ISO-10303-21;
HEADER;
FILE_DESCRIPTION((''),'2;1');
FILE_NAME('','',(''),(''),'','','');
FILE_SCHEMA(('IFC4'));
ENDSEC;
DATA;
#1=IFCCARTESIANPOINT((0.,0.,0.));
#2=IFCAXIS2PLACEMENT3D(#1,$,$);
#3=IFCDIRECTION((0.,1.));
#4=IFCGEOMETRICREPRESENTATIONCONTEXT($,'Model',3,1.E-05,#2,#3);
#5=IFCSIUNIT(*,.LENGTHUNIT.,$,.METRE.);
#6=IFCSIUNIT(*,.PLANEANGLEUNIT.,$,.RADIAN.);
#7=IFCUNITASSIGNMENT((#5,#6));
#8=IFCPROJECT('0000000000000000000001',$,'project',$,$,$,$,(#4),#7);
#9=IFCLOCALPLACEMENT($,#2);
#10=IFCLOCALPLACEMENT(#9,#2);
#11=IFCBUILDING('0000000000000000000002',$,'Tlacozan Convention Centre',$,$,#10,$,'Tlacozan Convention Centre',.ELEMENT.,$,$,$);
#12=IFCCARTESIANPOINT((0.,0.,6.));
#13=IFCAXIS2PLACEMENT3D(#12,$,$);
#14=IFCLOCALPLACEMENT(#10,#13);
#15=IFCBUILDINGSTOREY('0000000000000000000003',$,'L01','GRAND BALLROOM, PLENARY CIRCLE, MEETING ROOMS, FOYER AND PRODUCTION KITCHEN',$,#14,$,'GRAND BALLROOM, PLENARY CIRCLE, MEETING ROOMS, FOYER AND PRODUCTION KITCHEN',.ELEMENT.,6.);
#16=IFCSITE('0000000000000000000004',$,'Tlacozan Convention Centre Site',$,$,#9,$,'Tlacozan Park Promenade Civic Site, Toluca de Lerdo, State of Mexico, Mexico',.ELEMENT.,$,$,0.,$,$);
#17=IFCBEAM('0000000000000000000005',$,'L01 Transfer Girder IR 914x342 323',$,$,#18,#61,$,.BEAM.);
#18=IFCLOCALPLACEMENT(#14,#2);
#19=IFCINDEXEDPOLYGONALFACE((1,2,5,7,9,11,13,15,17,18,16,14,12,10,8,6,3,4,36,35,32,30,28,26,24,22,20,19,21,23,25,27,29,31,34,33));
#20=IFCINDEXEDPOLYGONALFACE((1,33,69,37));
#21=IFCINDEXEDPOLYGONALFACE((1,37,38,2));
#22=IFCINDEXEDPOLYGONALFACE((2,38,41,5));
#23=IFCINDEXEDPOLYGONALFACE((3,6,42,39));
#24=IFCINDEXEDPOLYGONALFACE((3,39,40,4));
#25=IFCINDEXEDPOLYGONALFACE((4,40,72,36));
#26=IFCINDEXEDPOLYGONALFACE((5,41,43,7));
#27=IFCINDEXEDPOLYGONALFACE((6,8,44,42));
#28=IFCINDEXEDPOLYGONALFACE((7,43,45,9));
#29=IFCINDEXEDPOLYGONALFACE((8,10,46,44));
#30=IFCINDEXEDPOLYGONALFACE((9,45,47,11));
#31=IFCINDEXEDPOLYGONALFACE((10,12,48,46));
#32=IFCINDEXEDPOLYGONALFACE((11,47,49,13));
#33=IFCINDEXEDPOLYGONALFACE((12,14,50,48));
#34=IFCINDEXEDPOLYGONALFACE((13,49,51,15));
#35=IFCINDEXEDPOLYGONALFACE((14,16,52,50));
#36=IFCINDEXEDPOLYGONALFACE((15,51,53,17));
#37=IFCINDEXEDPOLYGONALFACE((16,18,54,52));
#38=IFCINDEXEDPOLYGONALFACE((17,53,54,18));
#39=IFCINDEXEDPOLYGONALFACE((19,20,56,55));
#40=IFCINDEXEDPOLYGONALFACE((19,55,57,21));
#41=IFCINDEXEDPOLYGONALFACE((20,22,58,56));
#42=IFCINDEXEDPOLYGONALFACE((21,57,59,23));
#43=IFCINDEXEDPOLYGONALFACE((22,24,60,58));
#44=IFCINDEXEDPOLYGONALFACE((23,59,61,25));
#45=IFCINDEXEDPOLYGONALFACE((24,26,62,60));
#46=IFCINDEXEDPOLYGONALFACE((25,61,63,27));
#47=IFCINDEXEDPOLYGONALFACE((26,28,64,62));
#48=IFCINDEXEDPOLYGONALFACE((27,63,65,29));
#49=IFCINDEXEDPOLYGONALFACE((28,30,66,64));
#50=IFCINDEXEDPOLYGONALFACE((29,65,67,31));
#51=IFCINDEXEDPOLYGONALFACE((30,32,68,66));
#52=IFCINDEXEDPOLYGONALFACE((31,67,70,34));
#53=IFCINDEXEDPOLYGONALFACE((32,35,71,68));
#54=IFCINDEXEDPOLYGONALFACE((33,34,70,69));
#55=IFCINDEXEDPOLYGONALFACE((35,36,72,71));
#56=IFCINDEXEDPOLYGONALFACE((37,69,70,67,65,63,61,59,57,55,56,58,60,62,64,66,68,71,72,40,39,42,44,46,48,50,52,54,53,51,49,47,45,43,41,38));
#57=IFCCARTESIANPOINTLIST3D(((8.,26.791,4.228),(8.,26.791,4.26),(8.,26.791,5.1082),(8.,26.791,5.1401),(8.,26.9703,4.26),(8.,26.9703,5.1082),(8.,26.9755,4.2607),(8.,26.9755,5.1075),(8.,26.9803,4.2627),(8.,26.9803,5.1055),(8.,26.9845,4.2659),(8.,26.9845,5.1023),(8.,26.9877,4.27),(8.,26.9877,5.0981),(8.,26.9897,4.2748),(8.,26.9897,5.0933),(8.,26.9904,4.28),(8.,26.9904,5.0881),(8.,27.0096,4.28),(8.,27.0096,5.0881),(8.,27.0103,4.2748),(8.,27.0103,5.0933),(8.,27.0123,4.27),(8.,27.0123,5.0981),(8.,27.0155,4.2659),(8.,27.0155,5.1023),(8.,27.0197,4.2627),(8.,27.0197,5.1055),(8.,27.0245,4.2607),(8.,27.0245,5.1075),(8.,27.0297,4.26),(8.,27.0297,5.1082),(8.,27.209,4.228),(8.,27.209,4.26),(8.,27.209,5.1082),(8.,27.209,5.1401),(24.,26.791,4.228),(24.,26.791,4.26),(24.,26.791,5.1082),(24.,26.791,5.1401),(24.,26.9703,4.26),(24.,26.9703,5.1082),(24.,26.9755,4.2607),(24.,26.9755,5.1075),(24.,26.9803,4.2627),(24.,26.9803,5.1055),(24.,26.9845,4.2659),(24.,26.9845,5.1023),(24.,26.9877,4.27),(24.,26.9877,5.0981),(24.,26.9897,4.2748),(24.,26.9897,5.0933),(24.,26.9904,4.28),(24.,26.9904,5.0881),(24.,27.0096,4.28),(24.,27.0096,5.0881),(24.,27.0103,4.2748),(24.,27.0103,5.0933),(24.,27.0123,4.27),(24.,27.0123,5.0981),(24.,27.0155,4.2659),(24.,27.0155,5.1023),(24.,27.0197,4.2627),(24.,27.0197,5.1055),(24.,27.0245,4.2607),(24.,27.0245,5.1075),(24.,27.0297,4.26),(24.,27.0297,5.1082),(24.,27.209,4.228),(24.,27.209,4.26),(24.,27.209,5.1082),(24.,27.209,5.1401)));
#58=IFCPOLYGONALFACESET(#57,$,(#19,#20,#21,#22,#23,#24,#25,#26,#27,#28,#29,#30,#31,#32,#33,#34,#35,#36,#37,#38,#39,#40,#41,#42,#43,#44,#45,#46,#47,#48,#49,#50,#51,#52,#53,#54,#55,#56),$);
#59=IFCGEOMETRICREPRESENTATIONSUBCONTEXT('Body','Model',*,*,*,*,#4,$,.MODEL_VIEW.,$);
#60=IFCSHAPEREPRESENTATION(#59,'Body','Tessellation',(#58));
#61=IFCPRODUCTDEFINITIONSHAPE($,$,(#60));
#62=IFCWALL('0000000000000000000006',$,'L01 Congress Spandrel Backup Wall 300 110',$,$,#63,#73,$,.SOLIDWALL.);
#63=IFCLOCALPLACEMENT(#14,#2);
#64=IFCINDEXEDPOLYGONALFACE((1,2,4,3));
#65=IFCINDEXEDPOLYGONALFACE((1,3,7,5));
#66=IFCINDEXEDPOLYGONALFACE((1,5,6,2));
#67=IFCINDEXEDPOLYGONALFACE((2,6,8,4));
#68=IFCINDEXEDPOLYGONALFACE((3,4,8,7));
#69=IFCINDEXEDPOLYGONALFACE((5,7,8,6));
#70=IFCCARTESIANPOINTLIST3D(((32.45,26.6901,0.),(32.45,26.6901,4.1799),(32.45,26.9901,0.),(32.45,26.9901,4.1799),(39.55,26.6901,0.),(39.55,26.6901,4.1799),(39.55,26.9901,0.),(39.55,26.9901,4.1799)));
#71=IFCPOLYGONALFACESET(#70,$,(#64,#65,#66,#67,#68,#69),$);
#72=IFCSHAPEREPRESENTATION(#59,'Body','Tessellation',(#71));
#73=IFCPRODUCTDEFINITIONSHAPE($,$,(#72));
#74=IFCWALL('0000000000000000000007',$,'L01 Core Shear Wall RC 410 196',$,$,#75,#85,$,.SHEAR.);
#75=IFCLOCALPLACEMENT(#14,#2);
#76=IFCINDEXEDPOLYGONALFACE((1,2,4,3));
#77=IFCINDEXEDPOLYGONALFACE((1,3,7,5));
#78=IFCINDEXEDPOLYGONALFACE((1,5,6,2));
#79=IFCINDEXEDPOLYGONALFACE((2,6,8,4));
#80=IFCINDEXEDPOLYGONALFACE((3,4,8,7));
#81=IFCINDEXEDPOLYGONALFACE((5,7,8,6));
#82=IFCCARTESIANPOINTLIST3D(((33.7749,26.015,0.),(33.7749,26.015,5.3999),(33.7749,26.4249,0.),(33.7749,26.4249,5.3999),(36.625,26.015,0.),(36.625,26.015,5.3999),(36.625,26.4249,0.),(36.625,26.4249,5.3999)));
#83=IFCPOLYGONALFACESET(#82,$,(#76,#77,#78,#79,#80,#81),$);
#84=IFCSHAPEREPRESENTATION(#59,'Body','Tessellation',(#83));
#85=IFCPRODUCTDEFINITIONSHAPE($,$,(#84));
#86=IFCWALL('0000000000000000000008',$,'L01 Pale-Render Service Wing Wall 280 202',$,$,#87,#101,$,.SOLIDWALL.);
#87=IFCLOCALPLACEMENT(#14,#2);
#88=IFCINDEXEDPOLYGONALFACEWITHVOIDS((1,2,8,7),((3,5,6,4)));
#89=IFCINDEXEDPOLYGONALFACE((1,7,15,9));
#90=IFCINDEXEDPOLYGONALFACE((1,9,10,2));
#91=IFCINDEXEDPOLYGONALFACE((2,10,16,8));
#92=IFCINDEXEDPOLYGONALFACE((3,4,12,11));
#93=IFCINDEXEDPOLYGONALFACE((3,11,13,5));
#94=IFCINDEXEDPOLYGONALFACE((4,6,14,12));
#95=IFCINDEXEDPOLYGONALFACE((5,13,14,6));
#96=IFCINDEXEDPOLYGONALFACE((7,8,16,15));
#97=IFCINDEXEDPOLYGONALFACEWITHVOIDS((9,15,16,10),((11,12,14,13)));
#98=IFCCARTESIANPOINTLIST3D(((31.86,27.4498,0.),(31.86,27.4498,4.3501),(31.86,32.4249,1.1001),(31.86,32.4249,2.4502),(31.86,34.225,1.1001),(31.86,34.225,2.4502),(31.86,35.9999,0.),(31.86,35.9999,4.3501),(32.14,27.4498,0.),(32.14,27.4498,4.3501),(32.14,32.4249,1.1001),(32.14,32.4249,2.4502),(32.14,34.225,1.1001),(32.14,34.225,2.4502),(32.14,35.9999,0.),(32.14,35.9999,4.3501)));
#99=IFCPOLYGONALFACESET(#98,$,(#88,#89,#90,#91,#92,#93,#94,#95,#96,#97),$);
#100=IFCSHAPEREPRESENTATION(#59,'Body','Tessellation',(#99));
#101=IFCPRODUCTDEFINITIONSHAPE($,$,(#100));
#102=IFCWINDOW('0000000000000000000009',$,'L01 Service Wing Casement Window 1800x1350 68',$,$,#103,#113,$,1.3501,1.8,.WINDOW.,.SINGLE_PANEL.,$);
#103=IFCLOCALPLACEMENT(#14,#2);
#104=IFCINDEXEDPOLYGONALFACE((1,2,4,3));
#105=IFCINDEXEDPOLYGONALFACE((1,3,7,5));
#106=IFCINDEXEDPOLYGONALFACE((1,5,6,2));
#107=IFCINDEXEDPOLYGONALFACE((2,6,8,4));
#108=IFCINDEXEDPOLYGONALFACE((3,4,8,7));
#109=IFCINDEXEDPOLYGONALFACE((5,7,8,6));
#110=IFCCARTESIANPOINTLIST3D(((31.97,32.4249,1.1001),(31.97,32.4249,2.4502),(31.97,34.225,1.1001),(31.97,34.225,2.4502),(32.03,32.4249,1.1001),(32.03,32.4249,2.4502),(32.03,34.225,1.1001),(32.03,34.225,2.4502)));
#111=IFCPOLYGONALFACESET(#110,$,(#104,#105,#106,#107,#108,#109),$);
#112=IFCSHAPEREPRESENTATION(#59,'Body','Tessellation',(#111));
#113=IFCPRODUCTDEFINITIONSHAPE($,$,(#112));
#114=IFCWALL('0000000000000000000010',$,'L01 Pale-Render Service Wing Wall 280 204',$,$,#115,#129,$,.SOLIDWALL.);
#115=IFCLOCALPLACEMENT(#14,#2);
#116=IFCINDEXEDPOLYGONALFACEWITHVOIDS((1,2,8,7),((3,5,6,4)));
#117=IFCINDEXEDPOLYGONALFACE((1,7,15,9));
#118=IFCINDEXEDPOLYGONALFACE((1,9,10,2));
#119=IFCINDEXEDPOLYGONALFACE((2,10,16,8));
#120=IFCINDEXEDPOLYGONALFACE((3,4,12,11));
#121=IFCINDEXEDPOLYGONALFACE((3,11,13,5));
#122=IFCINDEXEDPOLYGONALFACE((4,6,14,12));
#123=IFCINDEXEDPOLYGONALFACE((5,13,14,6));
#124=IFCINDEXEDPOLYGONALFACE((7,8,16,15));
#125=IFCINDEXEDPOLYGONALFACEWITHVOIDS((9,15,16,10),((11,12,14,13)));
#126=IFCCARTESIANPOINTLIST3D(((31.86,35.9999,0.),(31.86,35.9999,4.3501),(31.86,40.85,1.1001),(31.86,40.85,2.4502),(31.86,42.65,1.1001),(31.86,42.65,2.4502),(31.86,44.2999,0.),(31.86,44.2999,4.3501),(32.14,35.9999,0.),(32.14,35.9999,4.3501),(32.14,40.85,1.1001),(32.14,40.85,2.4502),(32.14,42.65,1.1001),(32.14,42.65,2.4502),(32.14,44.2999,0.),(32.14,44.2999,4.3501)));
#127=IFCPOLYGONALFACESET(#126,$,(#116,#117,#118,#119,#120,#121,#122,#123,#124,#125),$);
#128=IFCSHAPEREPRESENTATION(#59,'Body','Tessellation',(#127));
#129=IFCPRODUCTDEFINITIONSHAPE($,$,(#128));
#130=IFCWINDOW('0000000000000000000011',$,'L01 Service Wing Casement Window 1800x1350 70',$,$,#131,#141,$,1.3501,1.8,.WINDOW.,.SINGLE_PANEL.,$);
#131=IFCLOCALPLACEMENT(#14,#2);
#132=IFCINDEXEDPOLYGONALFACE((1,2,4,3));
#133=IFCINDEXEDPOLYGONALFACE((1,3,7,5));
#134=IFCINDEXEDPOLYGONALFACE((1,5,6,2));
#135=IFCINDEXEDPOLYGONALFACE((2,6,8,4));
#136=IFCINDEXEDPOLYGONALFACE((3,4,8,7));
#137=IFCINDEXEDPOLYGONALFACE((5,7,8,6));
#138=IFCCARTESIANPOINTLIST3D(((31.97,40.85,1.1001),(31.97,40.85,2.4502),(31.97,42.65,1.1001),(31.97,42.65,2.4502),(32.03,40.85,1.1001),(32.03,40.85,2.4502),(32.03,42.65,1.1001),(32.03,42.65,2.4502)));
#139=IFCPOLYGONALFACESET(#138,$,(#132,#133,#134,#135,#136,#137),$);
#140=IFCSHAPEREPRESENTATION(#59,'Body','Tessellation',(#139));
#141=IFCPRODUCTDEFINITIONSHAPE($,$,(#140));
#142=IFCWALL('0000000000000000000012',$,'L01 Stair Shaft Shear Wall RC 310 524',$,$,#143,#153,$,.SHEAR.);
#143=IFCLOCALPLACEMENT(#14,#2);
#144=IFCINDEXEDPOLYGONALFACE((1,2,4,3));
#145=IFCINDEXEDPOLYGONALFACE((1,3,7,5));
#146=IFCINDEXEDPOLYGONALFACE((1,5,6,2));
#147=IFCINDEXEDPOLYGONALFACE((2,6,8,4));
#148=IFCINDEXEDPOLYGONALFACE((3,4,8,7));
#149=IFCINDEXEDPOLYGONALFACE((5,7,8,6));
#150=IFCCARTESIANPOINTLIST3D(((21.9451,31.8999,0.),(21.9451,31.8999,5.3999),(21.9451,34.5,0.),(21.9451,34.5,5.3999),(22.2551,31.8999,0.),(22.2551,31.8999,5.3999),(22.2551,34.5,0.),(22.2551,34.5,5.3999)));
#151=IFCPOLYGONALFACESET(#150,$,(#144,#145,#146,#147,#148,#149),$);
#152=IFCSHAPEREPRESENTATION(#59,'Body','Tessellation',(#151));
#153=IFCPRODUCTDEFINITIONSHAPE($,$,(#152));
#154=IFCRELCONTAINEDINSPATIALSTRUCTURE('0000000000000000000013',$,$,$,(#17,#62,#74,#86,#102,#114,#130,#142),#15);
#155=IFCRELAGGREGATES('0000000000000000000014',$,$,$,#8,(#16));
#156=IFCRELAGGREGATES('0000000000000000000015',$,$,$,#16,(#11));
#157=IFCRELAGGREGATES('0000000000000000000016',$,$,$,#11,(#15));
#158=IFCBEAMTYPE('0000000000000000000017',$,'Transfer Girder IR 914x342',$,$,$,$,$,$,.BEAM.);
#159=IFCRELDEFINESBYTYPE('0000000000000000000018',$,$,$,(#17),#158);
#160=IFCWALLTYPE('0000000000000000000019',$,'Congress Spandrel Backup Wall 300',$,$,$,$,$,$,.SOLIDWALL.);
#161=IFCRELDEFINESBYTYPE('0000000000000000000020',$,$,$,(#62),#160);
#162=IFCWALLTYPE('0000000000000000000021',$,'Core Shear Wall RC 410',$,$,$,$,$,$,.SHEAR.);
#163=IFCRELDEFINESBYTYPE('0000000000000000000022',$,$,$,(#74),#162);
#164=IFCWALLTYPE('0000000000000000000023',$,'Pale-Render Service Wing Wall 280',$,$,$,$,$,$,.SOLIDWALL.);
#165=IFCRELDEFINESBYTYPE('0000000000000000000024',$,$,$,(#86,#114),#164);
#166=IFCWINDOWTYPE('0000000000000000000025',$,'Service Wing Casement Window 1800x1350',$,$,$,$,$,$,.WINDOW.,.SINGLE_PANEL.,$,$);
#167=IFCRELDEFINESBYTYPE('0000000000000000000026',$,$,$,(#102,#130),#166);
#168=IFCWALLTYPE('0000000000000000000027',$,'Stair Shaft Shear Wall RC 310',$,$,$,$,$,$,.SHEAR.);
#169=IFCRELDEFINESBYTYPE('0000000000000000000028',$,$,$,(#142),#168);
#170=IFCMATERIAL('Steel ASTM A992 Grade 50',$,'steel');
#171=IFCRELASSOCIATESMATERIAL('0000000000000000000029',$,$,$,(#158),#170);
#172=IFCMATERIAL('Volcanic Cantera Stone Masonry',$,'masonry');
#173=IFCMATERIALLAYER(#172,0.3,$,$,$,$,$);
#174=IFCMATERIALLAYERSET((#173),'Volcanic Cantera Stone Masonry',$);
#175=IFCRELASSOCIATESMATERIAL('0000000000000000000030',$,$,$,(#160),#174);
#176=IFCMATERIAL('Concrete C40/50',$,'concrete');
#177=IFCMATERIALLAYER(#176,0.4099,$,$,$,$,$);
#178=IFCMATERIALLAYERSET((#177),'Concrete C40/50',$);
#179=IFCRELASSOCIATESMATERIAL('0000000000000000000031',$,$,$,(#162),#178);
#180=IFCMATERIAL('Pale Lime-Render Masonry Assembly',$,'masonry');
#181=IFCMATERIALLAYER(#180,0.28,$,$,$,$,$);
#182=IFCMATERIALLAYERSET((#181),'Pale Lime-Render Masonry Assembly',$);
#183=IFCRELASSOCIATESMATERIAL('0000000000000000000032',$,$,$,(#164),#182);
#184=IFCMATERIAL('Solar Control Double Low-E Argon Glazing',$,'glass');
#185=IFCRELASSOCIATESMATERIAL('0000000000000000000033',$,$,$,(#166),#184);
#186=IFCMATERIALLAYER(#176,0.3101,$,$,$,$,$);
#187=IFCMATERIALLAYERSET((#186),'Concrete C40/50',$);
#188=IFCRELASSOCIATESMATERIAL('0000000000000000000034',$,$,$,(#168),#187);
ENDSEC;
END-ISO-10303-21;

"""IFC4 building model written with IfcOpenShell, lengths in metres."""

from ifc_helpers import new_model, si_unit, direction, frame, frame_2d, origin, origin_2d, place, context, subcontext, project, spatial, rectangle, i_section, extrude, material, layer, layer_set, material_profile, profile_set, type_object, element, fill, save


model = new_model("IFC4")

# Units and contexts
model_context = context("Model", 3, precision=1e-05, world=origin(), true_north=direction((0.0, 1.0)))
body_context = subcontext(model_context, "Body", "Model", "MODEL_VIEW")
ifc_project = project(units=[si_unit("LENGTHUNIT", "METRE"), si_unit("PLANEANGLEUNIT", "RADIAN")], contexts=[model_context])

# Site, building, storey
site_placement = place(None, origin())
site = spatial("IfcSite", under=ifc_project, at=site_placement, Name="Tlacozan Convention Centre Site", LongName="Tlacozan Park Promenade Civic Site, Toluca de Lerdo, State of Mexico, Mexico", CompositionType="ELEMENT", RefElevation=0.0)
building_placement = place(site_placement, origin())
building = spatial("IfcBuilding", under=site, at=building_placement, Name="Tlacozan Convention Centre", LongName="Tlacozan Convention Centre", CompositionType="ELEMENT")
storey_placement = place(building_placement, frame((0.0, 0.0, 6.0)))
storey = spatial("IfcBuildingStorey", under=building, at=storey_placement, Name="L01", Description="GRAND BALLROOM, PLENARY CIRCLE, MEETING ROOMS, FOYER AND PRODUCTION KITCHEN", LongName="GRAND BALLROOM, PLENARY CIRCLE, MEETING ROOMS, FOYER AND PRODUCTION KITCHEN", CompositionType="ELEMENT", Elevation=6.0)

# Shared definitions
ifc_material_1 = material(Name="Concrete C40/50", Category="concrete")

# Beam
ifc_material_2 = material(Name="Steel ASTM A992 Grade 50", Category="steel")
ifc_material_profile_1 = material_profile(ifc_material_2, i_section(OverallWidth=0.418, OverallDepth=0.9121, WebThickness=0.0193, FlangeThickness=0.032, FilletRadius=0.02, at=origin_2d()), Name="IR 914x342.0")
ifc_profile_set_1 = profile_set([ifc_material_profile_1], Name="Steel ASTM A992 Grade 50")
beam_type_1 = type_object("IfcBeamType", Name="Transfer Girder IR 914x342", PredefinedType="BEAM", material=ifc_profile_set_1)
beam_1_placement = place(storey_placement, frame((24.0, 27.0, 4.6841), z_axis=(-1.0, 0.0, 0.0), x_axis=(0.0, -1.0, 0.0)))
element("IfcBeam", 1, at=beam_1_placement, inside=storey, type_object=beam_type_1, Name="L01 Transfer Girder IR 914x342 323", PredefinedType="BEAM", context=body_context, shape_type="SweptSolid", body=[
    extrude(i_section(OverallWidth=0.418, OverallDepth=0.9121, WebThickness=0.0193, FlangeThickness=0.032, FilletRadius=0.02, at=origin_2d()), origin(), (0.0, 0.0, 1.0), 16.0),
])

# Walls
ifc_material_3 = material(Name="Volcanic Cantera Stone Masonry", Category="masonry")
ifc_layer_1 = layer(ifc_material_3, 0.3)
ifc_layer_set_1 = layer_set([ifc_layer_1], Name="Volcanic Cantera Stone Masonry")
wall_type_1 = type_object("IfcWallType", Name="Congress Spandrel Backup Wall 300", PredefinedType="SOLIDWALL", material=ifc_layer_set_1)
wall_1_placement = place(storey_placement, frame((32.45, 26.8401, 0.0), z_axis=(0.0, 0.0, 1.0), x_axis=(1.0, 0.0, 0.0)))
element("IfcWall", 2, at=wall_1_placement, inside=storey, type_object=wall_type_1, Name="L01 Congress Spandrel Backup Wall 300 110", PredefinedType="SOLIDWALL", context=body_context, shape_type="SweptSolid", body=[
    extrude(rectangle(XDim=7.1001, YDim=0.3, at=frame_2d((3.55, 0.0))), origin(), (0.0, 0.0, 1.0), 4.1799),
])
ifc_layer_2 = layer(ifc_material_1, 0.4099)
ifc_layer_set_2 = layer_set([ifc_layer_2], Name="Concrete C40/50")
wall_type_2 = type_object("IfcWallType", Name="Core Shear Wall RC 410", PredefinedType="SHEAR", material=ifc_layer_set_2)
wall_2_placement = place(storey_placement, frame((33.7749, 26.22, 0.0), z_axis=(0.0, 0.0, 1.0), x_axis=(1.0, 0.0, 0.0)))
element("IfcWall", 3, at=wall_2_placement, inside=storey, type_object=wall_type_2, Name="L01 Core Shear Wall RC 410 196", PredefinedType="SHEAR", context=body_context, shape_type="SweptSolid", body=[
    extrude(rectangle(XDim=2.8501, YDim=0.4099, at=frame_2d((1.425, 0.0))), origin(), (0.0, 0.0, 1.0), 5.3999),
])

# Walls, openings, windows
ifc_material_4 = material(Name="Pale Lime-Render Masonry Assembly", Category="masonry")
ifc_layer_3 = layer(ifc_material_4, 0.28)
ifc_layer_set_3 = layer_set([ifc_layer_3], Name="Pale Lime-Render Masonry Assembly")
wall_type_3 = type_object("IfcWallType", Name="Pale-Render Service Wing Wall 280", PredefinedType="SOLIDWALL", material=ifc_layer_set_3)
wall_3_placement = place(storey_placement, frame((32.0, 27.45, 0.0), z_axis=(0.0, 0.0, 1.0), x_axis=(0.0, 1.0, 0.0)))
wall_3 = element("IfcWall", 4, at=wall_3_placement, inside=storey, type_object=wall_type_3, Name="L01 Pale-Render Service Wing Wall 280 202", PredefinedType="SOLIDWALL", context=body_context, shape_type="SweptSolid", body=[
    extrude(rectangle(XDim=8.55, YDim=0.28, at=frame_2d((4.2749, 0.0))), origin(), (0.0, 0.0, 1.0), 4.3501),
])
opening_1_placement = place(wall_3_placement, frame((4.9751, 0.0, 1.1001)))
opening_1 = element("IfcOpeningElement", 5, at=opening_1_placement, cuts=wall_3, PredefinedType="OPENING", context=body_context, shape_type="SweptSolid", body=[
    extrude(rectangle(XDim=1.8, YDim=1.3501, at=frame_2d((0.8999, 0.675))), frame((0.0, 0.1499, 0.0), z_axis=(0.0, -1.0, 0.0), x_axis=(1.0, 0.0, 0.0)), (0.0, 0.0, 1.0), 0.3),
])
ifc_material_5 = material(Name="Solar Control Double Low-E Argon Glazing", Category="glass")
window_type = type_object("IfcWindowType", Name="Service Wing Casement Window 1800x1350", PartitioningType="SINGLE_PANEL", PredefinedType="WINDOW", material=ifc_material_5)
window_1_placement = place(opening_1_placement, origin())
window_1 = element("IfcWindow", 6, at=window_1_placement, inside=storey, type_object=window_type, Name="L01 Service Wing Casement Window 1800x1350 68", OverallHeight=1.3501, OverallWidth=1.8, PartitioningType="SINGLE_PANEL", PredefinedType="WINDOW", context=body_context, shape_type="SweptSolid", body=[
    extrude(rectangle(XDim=1.8, YDim=1.3501, at=frame_2d((0.8999, 0.675))), frame((0.0, 0.03, 0.0), z_axis=(0.0, -1.0, 0.0), x_axis=(1.0, 0.0, 0.0)), (0.0, 0.0, 1.0), 0.0601),
])
fill(opening_1, window_1)
wall_4_placement = place(storey_placement, frame((32.0, 36.0, 0.0), z_axis=(0.0, 0.0, 1.0), x_axis=(0.0, 1.0, 0.0)))
wall_4 = element("IfcWall", 7, at=wall_4_placement, inside=storey, type_object=wall_type_3, Name="L01 Pale-Render Service Wing Wall 280 204", PredefinedType="SOLIDWALL", context=body_context, shape_type="SweptSolid", body=[
    extrude(rectangle(XDim=8.3, YDim=0.28, at=frame_2d((4.1499, 0.0))), origin(), (0.0, 0.0, 1.0), 4.3501),
])
opening_2_placement = place(wall_4_placement, frame((4.8501, 0.0, 1.1001)))
opening_2 = element("IfcOpeningElement", 8, at=opening_2_placement, cuts=wall_4, PredefinedType="OPENING", context=body_context, shape_type="SweptSolid", body=[
    extrude(rectangle(XDim=1.8, YDim=1.3501, at=frame_2d((0.8999, 0.675))), frame((0.0, 0.1499, 0.0), z_axis=(0.0, -1.0, 0.0), x_axis=(1.0, 0.0, 0.0)), (0.0, 0.0, 1.0), 0.3),
])
window_2_placement = place(opening_2_placement, origin())
window_2 = element("IfcWindow", 9, at=window_2_placement, inside=storey, type_object=window_type, Name="L01 Service Wing Casement Window 1800x1350 70", OverallHeight=1.3501, OverallWidth=1.8, PartitioningType="SINGLE_PANEL", PredefinedType="WINDOW", context=body_context, shape_type="SweptSolid", body=[
    extrude(rectangle(XDim=1.8, YDim=1.3501, at=frame_2d((0.8999, 0.675))), frame((0.0, 0.03, 0.0), z_axis=(0.0, -1.0, 0.0), x_axis=(1.0, 0.0, 0.0)), (0.0, 0.0, 1.0), 0.0601),
])
fill(opening_2, window_2)

# Wall
ifc_layer_4 = layer(ifc_material_1, 0.3101)
ifc_layer_set_4 = layer_set([ifc_layer_4], Name="Concrete C40/50")
wall_type_4 = type_object("IfcWallType", Name="Stair Shaft Shear Wall RC 310", PredefinedType="SHEAR", material=ifc_layer_set_4)
wall_5_placement = place(storey_placement, frame((22.1001, 31.8999, 0.0), z_axis=(0.0, 0.0, 1.0), x_axis=(0.0, 1.0, 0.0)))
element("IfcWall", 10, at=wall_5_placement, inside=storey, type_object=wall_type_4, Name="L01 Stair Shaft Shear Wall RC 310 524", PredefinedType="SHEAR", context=body_context, shape_type="SweptSolid", body=[
    extrude(rectangle(XDim=2.6001, YDim=0.3101, at=frame_2d((1.3, 0.0))), origin(), (0.0, 0.0, 1.0), 5.3999),
])

save(model, "model.ifc")
